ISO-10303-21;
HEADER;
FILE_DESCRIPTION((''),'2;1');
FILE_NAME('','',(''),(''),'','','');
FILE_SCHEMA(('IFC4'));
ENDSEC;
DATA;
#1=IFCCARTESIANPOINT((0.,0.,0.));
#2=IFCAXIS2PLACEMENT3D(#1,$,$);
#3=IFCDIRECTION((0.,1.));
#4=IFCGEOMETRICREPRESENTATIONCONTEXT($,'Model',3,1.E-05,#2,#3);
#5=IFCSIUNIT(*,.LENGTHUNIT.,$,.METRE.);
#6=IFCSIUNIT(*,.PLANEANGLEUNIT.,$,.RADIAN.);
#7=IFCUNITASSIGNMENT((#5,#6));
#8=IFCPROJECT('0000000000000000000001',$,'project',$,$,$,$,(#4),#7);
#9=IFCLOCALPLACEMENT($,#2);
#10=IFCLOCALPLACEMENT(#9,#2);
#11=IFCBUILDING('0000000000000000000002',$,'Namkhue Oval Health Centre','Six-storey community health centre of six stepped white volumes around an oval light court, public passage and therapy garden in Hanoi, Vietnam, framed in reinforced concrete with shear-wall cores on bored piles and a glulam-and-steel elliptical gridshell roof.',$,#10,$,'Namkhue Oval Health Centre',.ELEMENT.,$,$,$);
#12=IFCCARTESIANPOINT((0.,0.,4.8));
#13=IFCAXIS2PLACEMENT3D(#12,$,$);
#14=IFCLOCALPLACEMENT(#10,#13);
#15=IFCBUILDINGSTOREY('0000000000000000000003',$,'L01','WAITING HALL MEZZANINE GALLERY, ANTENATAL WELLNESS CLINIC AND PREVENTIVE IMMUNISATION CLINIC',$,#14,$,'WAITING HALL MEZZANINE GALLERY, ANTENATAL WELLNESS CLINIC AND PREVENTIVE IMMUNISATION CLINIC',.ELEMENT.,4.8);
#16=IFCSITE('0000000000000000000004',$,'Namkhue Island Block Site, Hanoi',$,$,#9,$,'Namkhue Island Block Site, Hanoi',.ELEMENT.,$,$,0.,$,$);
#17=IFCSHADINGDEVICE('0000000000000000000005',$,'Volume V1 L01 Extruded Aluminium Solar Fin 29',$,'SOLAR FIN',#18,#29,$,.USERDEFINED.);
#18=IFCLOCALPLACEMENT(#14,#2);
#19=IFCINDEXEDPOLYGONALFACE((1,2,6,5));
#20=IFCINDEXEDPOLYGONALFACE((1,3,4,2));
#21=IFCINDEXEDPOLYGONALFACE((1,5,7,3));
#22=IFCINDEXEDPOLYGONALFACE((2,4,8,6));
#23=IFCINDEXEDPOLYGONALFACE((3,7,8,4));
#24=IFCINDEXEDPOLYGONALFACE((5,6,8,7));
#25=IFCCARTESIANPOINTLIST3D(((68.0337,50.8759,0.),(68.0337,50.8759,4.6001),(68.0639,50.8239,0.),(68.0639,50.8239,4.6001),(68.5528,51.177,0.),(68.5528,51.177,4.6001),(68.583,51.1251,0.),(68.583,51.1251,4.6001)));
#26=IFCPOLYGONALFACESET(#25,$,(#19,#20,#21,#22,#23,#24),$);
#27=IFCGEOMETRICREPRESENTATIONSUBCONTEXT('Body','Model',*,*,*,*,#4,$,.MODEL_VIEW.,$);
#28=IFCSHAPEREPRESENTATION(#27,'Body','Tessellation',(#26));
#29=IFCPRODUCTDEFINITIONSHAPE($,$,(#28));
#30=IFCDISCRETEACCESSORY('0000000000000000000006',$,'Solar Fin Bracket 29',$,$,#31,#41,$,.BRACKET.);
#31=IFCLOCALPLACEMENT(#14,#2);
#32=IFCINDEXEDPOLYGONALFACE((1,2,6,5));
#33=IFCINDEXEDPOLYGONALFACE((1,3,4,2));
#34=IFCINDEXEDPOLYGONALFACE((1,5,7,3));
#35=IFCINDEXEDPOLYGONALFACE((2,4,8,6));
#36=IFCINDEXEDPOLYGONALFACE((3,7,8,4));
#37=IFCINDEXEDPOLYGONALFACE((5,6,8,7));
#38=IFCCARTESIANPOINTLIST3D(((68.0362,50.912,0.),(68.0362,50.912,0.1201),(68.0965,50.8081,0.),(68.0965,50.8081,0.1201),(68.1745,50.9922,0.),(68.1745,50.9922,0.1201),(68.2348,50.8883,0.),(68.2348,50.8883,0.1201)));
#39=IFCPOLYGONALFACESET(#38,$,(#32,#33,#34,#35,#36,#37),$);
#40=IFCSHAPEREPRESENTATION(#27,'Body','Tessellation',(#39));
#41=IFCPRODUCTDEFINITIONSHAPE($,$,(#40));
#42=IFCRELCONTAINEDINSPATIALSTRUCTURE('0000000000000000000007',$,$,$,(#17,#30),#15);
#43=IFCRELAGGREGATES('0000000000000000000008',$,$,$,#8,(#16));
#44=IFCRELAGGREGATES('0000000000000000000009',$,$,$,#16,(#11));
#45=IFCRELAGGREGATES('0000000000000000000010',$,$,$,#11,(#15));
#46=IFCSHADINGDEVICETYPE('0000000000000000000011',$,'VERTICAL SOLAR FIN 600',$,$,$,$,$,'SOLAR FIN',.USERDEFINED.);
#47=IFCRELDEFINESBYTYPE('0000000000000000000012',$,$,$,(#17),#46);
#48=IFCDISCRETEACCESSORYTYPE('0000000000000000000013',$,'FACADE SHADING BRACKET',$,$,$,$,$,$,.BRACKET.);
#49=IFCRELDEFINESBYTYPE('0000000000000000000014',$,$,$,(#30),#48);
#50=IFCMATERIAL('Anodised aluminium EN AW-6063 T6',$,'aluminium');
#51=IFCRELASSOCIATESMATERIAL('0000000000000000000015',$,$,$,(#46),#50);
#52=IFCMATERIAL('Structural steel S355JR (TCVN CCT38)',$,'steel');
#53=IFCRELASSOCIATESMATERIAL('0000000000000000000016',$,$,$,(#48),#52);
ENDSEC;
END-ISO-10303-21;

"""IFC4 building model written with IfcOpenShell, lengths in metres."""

from ifc_helpers import new_model, si_unit, direction, frame, origin, origin_2d, place, context, subcontext, project, spatial, rectangle, extrude, material, type_object, element, save


model = new_model("IFC4")

# Units and contexts
model_context = context("Model", 3, precision=1e-05, world=origin(), true_north=direction((0.0, 1.0)))
body_context = subcontext(model_context, "Body", "Model", "MODEL_VIEW")
ifc_project = project(units=[si_unit("LENGTHUNIT", "METRE"), si_unit("PLANEANGLEUNIT", "RADIAN")], contexts=[model_context])

# Site, building, storey
site_placement = place(None, origin())
site = spatial("IfcSite", under=ifc_project, at=site_placement, Name="Namkhue Island Block Site, Hanoi", LongName="Namkhue Island Block Site, Hanoi", CompositionType="ELEMENT", RefElevation=0.0)
building_placement = place(site_placement, origin())
building = spatial("IfcBuilding", under=site, at=building_placement, Name="Namkhue Oval Health Centre", Description="Six-storey community health centre of six stepped white volumes around an oval light court, public passage and therapy garden in Hanoi, Vietnam, framed in reinforced concrete with shear-wall cores on bored piles and a glulam-and-steel elliptical gridshell roof.", LongName="Namkhue Oval Health Centre", CompositionType="ELEMENT")
storey_placement = place(building_placement, frame((0.0, 0.0, 4.8)))
storey = spatial("IfcBuildingStorey", under=building, at=storey_placement, Name="L01", Description="WAITING HALL MEZZANINE GALLERY, ANTENATAL WELLNESS CLINIC AND PREVENTIVE IMMUNISATION CLINIC", LongName="WAITING HALL MEZZANINE GALLERY, ANTENATAL WELLNESS CLINIC AND PREVENTIVE IMMUNISATION CLINIC", CompositionType="ELEMENT", Elevation=4.8)

# Shared definitions
ifc_material_1 = material(Name="Anodised aluminium EN AW-6063 T6", Category="aluminium")

# Shading device
shading_device_type = type_object("IfcShadingDeviceType", Name="VERTICAL SOLAR FIN 600", ElementType="SOLAR FIN", PredefinedType="USERDEFINED", material=ifc_material_1)
shading_device_placement = place(storey_placement, frame((68.3083, 51.0005, 0.0), z_axis=(0.0, 0.0, 1.0), x_axis=(0.864976, 0.501813, 0.0)))
element("IfcShadingDevice", 1, at=shading_device_placement, inside=storey, type_object=shading_device_type, Name="Volume V1 L01 Extruded Aluminium Solar Fin 29", ObjectType="SOLAR FIN", PredefinedType="USERDEFINED", context=body_context, shape_type="SweptSolid", body=[
    extrude(rectangle(XDim=0.6001, YDim=0.0601, at=origin_2d()), origin(), (0.0, 0.0, 1.0), 4.6001),
])

# Discrete accessory
ifc_material_2 = material(Name="Structural steel S355JR (TCVN CCT38)", Category="steel")
discrete_accessory_type = type_object("IfcDiscreteAccessoryType", Name="FACADE SHADING BRACKET", PredefinedType="BRACKET", material=ifc_material_2)
discrete_accessory_placement = place(storey_placement, frame((68.1355, 50.9001, 0.0), z_axis=(0.0, 0.0, 1.0), x_axis=(0.864976, 0.501813, 0.0)))
element("IfcDiscreteAccessory", 2, at=discrete_accessory_placement, inside=storey, type_object=discrete_accessory_type, Name="Solar Fin Bracket 29", PredefinedType="BRACKET", context=body_context, shape_type="SweptSolid", body=[
    extrude(rectangle(XDim=0.1599, YDim=0.1201, at=origin_2d()), origin(), (0.0, 0.0, 1.0), 0.1201),
])

save(model, "model.ifc")
